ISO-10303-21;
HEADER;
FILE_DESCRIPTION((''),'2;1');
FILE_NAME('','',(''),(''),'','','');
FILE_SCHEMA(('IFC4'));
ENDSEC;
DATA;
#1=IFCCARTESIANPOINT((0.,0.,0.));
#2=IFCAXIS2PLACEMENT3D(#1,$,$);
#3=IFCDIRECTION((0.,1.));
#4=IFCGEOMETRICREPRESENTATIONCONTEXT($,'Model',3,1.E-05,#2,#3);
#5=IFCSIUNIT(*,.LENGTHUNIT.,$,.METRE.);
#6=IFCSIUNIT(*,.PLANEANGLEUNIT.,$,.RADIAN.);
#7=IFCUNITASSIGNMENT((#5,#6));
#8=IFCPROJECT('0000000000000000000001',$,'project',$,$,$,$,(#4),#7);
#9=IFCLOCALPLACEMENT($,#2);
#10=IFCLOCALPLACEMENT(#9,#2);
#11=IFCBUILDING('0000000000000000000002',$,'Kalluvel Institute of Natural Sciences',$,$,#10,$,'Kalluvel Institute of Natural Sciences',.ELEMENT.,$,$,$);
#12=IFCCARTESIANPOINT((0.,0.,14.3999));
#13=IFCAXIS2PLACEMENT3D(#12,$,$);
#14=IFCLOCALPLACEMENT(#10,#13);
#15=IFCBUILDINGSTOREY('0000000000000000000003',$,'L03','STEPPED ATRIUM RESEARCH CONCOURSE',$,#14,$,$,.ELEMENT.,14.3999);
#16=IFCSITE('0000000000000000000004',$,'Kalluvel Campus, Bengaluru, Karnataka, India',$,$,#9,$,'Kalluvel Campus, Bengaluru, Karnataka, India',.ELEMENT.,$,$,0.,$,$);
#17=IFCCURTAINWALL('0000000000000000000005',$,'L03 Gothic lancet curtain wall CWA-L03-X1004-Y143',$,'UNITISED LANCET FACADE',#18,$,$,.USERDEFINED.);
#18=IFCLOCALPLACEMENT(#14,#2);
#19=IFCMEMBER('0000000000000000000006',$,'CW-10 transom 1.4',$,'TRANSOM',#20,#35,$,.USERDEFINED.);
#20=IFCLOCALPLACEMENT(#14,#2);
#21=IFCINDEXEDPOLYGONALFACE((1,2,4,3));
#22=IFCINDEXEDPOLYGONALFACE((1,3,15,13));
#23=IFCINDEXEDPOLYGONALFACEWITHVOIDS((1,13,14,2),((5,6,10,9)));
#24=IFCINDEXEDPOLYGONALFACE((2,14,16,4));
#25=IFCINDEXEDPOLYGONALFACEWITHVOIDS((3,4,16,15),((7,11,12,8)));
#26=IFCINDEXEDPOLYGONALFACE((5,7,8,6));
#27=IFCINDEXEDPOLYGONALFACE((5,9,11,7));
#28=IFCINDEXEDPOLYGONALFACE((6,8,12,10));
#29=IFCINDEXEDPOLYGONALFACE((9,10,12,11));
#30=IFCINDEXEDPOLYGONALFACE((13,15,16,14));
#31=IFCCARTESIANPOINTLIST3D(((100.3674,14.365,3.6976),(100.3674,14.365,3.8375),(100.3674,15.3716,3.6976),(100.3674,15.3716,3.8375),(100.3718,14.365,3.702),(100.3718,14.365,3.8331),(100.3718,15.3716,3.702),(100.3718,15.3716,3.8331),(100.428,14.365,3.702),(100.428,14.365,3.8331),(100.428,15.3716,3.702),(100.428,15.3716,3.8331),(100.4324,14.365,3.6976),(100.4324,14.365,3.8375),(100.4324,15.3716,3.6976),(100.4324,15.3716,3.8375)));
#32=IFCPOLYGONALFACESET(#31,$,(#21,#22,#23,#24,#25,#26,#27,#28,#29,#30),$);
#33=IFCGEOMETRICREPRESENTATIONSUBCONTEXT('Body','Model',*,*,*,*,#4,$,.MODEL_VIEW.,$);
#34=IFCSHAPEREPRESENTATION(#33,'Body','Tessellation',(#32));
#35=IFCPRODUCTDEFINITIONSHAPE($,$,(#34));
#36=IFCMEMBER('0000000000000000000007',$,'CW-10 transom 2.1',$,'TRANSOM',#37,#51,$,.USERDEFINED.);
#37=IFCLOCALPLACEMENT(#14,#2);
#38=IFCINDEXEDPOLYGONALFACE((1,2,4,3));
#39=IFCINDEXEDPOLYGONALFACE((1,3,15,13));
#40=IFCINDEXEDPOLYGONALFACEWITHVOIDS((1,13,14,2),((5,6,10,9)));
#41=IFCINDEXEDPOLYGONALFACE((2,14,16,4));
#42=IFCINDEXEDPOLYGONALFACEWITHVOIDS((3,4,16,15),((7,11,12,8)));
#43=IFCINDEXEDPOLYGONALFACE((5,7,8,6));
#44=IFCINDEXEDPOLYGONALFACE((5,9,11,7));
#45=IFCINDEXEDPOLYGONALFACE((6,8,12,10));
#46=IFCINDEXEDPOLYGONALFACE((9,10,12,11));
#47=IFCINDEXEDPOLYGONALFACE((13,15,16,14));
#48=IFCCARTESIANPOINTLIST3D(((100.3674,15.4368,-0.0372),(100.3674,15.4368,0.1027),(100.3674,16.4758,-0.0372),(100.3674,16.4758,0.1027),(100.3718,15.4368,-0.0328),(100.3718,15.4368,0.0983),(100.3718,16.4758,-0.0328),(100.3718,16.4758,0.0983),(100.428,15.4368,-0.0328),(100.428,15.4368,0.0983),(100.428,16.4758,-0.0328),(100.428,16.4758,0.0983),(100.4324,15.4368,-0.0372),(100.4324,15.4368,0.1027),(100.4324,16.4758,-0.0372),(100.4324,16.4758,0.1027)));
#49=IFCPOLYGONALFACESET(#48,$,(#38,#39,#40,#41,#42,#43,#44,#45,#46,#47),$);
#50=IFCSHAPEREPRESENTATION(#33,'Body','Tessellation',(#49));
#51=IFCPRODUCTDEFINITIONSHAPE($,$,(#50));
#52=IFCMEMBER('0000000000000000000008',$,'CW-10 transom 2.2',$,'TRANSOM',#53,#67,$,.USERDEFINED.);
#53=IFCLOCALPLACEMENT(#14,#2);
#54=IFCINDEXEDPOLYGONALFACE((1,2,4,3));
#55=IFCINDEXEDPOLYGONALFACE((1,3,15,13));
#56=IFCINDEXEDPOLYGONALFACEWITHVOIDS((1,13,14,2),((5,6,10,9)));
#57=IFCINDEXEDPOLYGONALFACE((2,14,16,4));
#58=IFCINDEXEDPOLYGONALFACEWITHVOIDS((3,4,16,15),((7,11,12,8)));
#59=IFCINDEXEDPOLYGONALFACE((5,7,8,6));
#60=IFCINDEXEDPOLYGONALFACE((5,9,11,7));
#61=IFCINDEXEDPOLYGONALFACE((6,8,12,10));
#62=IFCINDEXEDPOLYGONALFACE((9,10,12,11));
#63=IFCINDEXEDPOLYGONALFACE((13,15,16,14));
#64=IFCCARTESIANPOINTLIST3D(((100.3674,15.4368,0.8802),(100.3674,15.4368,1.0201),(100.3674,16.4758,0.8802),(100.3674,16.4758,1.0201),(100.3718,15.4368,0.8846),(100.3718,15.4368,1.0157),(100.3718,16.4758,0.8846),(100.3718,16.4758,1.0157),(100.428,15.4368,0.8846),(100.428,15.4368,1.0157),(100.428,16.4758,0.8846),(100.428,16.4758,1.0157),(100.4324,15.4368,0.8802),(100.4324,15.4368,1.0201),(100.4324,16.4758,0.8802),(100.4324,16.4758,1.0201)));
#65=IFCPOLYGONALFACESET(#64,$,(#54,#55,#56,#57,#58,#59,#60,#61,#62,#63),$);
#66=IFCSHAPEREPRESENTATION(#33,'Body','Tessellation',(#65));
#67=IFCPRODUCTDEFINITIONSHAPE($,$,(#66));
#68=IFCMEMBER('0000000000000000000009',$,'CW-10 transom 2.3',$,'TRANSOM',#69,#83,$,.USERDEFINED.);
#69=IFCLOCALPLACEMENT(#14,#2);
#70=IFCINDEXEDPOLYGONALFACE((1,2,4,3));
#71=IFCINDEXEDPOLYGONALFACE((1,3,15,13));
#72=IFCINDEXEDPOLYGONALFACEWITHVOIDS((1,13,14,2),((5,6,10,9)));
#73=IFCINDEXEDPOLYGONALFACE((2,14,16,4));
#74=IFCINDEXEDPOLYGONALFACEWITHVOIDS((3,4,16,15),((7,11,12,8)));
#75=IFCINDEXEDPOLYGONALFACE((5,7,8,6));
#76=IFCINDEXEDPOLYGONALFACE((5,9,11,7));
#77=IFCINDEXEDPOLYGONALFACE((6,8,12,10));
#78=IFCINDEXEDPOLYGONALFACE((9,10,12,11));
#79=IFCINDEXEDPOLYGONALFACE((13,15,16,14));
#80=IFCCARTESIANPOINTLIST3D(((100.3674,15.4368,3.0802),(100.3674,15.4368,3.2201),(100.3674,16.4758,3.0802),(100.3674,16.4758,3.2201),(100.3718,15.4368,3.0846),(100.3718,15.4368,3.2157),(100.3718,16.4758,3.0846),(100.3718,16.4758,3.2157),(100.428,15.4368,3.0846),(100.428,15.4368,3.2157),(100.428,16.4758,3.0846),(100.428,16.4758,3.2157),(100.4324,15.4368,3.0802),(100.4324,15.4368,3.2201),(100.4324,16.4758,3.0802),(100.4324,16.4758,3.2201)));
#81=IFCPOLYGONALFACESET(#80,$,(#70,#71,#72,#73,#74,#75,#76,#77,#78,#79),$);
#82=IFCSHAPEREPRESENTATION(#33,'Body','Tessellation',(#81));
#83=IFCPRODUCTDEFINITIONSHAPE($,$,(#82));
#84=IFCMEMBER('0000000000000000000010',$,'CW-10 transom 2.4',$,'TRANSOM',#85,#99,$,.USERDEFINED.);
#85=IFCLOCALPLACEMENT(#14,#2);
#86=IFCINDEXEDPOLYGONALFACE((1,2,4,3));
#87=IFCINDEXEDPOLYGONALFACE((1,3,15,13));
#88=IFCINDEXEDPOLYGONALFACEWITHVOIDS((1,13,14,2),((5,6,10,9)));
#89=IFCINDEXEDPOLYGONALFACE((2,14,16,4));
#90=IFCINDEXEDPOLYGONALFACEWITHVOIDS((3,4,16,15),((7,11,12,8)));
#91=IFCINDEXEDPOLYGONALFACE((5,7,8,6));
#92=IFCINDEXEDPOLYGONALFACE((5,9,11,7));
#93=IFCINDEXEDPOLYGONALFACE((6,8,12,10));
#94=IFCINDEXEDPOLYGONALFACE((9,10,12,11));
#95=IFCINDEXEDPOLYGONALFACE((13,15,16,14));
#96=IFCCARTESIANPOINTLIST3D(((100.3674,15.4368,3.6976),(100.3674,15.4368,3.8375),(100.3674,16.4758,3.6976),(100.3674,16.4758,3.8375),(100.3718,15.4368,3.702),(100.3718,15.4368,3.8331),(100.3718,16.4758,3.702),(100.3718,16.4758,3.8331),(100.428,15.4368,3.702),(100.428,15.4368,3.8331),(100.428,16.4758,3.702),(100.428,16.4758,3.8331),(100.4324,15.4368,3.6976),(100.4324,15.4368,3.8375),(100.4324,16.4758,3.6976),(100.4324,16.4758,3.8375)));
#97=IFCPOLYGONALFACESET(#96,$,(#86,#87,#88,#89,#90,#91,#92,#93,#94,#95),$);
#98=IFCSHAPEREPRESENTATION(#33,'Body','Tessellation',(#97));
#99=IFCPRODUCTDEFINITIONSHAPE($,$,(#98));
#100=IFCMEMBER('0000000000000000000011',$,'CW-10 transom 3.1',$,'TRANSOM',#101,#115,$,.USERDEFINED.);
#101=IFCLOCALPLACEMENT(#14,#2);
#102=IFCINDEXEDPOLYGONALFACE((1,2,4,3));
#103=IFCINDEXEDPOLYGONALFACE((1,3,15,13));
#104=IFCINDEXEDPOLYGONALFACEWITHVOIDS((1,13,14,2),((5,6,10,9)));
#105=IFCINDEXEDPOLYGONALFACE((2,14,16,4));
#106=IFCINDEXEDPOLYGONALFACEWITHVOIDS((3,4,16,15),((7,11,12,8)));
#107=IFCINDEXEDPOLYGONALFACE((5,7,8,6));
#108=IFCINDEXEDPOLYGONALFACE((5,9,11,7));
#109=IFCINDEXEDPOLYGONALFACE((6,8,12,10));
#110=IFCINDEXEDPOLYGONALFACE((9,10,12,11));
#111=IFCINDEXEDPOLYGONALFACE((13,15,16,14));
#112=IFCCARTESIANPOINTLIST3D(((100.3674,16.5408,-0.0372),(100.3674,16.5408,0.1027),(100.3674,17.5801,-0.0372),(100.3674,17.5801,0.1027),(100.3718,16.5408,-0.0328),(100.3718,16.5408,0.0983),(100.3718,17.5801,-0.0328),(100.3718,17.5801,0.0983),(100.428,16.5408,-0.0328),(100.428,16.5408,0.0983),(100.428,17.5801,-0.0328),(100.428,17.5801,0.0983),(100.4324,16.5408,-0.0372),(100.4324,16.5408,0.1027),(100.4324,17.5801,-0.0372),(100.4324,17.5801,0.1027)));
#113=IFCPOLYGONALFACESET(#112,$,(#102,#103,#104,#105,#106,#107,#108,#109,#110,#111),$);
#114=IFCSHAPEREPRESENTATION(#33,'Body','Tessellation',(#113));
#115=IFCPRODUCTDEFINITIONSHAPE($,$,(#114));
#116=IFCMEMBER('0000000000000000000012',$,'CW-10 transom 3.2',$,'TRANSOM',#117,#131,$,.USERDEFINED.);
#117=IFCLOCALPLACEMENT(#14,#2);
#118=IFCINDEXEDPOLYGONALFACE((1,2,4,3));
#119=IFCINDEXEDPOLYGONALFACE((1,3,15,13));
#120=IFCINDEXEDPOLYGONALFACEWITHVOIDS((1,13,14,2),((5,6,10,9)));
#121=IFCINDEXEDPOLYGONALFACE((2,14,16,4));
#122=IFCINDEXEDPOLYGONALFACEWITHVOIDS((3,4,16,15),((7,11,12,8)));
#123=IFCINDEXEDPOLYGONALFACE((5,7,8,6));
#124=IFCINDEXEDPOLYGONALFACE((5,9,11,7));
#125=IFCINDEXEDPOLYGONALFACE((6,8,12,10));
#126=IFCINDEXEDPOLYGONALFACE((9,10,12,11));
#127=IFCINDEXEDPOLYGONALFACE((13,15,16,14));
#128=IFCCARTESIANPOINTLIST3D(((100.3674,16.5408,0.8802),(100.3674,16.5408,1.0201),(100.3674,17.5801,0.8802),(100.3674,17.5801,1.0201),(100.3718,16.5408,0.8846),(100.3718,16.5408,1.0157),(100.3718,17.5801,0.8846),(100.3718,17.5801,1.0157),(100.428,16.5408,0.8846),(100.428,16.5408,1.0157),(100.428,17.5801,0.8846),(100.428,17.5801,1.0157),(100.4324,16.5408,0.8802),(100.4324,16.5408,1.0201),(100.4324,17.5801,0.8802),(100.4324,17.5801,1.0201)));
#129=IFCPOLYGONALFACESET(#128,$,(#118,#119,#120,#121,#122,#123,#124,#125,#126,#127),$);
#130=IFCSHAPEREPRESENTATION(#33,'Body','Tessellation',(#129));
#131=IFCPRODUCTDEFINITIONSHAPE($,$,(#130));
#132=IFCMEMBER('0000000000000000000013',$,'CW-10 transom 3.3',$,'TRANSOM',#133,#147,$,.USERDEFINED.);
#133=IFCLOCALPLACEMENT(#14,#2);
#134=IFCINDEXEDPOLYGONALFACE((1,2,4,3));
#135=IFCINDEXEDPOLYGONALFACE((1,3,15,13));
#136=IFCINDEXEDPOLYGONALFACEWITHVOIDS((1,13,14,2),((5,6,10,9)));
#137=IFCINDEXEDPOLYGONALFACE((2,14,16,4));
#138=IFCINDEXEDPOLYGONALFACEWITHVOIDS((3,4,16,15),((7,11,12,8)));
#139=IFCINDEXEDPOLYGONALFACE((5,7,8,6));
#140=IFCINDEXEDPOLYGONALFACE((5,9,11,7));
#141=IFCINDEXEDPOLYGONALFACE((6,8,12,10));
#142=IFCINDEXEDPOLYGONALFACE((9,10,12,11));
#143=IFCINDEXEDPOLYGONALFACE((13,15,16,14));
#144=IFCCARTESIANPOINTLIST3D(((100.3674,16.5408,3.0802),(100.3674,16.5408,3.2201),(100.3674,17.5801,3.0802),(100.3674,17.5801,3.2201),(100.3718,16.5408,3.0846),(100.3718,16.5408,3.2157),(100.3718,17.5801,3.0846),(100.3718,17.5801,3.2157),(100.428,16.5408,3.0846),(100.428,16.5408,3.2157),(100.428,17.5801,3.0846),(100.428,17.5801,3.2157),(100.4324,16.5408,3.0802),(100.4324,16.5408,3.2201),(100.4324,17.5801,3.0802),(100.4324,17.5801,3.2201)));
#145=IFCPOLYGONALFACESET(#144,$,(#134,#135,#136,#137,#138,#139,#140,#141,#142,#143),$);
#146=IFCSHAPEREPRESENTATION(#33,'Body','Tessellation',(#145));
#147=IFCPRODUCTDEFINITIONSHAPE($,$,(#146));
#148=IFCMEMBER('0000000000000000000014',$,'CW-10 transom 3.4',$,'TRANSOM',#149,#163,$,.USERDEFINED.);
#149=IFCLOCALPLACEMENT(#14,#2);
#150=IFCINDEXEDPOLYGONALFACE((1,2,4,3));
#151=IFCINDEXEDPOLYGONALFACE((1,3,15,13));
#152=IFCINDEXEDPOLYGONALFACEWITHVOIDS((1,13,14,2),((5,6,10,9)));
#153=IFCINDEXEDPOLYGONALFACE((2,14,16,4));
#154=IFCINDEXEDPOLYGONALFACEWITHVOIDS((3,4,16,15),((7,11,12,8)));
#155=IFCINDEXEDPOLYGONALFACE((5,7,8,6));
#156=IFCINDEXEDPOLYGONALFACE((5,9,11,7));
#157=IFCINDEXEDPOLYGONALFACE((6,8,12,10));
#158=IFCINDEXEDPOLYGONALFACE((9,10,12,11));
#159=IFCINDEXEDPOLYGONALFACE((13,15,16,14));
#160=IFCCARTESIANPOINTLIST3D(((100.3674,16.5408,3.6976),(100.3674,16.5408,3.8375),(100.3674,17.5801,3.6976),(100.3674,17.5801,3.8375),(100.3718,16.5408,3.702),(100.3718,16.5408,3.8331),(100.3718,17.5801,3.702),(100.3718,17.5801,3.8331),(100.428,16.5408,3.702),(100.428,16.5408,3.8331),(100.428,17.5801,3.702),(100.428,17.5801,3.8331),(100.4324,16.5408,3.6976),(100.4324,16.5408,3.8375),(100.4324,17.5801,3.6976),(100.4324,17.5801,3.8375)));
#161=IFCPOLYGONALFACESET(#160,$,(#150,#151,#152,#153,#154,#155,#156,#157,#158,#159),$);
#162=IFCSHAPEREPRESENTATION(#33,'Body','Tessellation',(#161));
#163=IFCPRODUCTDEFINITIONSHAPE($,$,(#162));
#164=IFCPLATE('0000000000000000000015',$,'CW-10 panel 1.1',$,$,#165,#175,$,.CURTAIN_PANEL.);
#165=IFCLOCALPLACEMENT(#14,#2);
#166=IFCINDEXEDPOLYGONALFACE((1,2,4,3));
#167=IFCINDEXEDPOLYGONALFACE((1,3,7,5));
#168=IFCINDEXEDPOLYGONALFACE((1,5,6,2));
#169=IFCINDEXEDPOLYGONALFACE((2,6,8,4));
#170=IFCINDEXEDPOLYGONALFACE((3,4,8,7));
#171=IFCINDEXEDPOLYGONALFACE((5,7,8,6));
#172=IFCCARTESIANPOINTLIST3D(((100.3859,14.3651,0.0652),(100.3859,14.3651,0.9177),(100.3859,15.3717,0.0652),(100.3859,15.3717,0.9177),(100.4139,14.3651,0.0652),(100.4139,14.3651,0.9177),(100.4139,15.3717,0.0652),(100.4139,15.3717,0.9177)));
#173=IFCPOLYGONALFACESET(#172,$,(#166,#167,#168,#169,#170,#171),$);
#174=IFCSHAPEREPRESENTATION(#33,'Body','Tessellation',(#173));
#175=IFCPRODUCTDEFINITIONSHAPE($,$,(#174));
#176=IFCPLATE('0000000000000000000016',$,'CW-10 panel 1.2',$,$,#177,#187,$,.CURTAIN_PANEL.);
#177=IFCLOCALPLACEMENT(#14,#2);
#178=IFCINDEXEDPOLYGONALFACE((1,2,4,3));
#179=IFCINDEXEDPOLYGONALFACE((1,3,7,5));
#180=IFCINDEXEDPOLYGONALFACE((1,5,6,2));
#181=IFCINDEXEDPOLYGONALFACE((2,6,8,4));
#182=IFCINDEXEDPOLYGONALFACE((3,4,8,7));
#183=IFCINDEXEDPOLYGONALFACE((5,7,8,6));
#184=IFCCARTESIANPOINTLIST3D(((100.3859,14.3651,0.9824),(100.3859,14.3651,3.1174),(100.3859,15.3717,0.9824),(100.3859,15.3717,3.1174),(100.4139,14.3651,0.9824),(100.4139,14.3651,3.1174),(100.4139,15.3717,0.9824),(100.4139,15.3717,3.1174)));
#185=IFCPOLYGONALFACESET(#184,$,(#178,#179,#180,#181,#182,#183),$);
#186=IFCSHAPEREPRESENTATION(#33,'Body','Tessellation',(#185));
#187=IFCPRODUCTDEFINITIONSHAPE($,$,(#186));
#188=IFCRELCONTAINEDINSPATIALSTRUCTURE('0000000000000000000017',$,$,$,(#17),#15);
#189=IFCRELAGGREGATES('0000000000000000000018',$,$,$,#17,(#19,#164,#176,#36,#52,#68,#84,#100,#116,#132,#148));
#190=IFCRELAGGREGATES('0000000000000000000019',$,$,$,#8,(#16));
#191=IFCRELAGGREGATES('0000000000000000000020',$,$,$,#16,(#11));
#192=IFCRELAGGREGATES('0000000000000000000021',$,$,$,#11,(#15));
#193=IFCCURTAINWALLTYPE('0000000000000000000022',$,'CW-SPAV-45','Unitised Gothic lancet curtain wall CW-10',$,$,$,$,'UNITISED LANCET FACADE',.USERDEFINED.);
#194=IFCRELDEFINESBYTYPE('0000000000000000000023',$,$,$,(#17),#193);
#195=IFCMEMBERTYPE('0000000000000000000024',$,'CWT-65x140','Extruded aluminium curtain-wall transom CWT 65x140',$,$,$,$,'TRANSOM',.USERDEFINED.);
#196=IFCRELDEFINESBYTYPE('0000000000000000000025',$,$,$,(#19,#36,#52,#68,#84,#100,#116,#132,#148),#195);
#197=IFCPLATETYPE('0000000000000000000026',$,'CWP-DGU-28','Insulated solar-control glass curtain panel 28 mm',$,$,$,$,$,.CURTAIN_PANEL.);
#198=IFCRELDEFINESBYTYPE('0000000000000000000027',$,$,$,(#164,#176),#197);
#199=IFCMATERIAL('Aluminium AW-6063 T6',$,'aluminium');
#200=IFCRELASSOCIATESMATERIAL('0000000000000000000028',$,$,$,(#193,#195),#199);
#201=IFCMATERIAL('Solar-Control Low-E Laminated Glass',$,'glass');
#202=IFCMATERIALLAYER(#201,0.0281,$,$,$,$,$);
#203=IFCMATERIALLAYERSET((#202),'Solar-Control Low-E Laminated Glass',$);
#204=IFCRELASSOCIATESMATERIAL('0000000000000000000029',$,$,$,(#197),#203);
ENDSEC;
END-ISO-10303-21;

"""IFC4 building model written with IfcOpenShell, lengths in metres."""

from ifc_helpers import new_model, si_unit, direction, frame, origin, origin_2d, place, context, subcontext, project, spatial, rectangle, hollow_rectangle, extrude, material, layer, layer_set, material_profile, profile_set, type_object, element, aggregate, save


model = new_model("IFC4")

# Units and contexts
model_context = context("Model", 3, precision=1e-05, world=origin(), true_north=direction((0.0, 1.0)))
body_context = subcontext(model_context, "Body", "Model", "MODEL_VIEW")
ifc_project = project(units=[si_unit("LENGTHUNIT", "METRE"), si_unit("PLANEANGLEUNIT", "RADIAN")], contexts=[model_context])

# Site, building, storey
site_placement = place(None, origin())
site = spatial("IfcSite", under=ifc_project, at=site_placement, Name="Kalluvel Campus, Bengaluru, Karnataka, India", LongName="Kalluvel Campus, Bengaluru, Karnataka, India", CompositionType="ELEMENT", RefElevation=0.0)
building_placement = place(site_placement, origin())
building = spatial("IfcBuilding", under=site, at=building_placement, Name="Kalluvel Institute of Natural Sciences", LongName="Kalluvel Institute of Natural Sciences", CompositionType="ELEMENT")
storey_placement = place(building_placement, frame((0.0, 0.0, 14.3999)))
storey = spatial("IfcBuildingStorey", under=building, at=storey_placement, Name="L03", Description="STEPPED ATRIUM RESEARCH CONCOURSE", CompositionType="ELEMENT", Elevation=14.3999)

# Curtain wall, members, plates
ifc_material_1 = material(Name="Aluminium AW-6063 T6", Category="aluminium")
curtain_wall_type = type_object("IfcCurtainWallType", Name="CW-SPAV-45", Description="Unitised Gothic lancet curtain wall CW-10", ElementType="UNITISED LANCET FACADE", PredefinedType="USERDEFINED", material=ifc_material_1)
curtain_wall_placement = place(storey_placement, origin())
curtain_wall = element("IfcCurtainWall", 1, at=curtain_wall_placement, inside=storey, type_object=curtain_wall_type, Name="L03 Gothic lancet curtain wall CWA-L03-X1004-Y143", ObjectType="UNITISED LANCET FACADE", PredefinedType="USERDEFINED")
ifc_material_profile_1 = material_profile(ifc_material_1, hollow_rectangle(XDim=0.0649, YDim=0.1399, WallThickness=0.0044, at=origin_2d()), Name="CWT 65x140")
ifc_profile_set_1 = profile_set([ifc_material_profile_1], Name="Aluminium AW-6063 T6")
member_type_1 = type_object("IfcMemberType", Name="CWT-65x140", Description="Extruded aluminium curtain-wall transom CWT 65x140", ElementType="TRANSOM", PredefinedType="USERDEFINED", material=ifc_profile_set_1)
member_1_placement = place(storey_placement, frame((100.3999, 14.365, 3.7676), z_axis=(0.0, 1.0, 0.0), x_axis=(-1.0, 0.0, 0.0)))
member_1 = element("IfcMember", 2, at=member_1_placement, type_object=member_type_1, Name="CW-10 transom 1.4", ObjectType="TRANSOM", PredefinedType="USERDEFINED", context=body_context, shape_type="SweptSolid", body=[
    extrude(hollow_rectangle(XDim=0.0649, YDim=0.1399, WallThickness=0.0044, at=origin_2d()), origin(), (0.0, 0.0, 1.0), 1.0066),
])
member_2_placement = place(storey_placement, frame((100.3999, 15.4368, 0.0327), z_axis=(0.0, 1.0, 0.0), x_axis=(-1.0, 0.0, 0.0)))
member_2 = element("IfcMember", 3, at=member_2_placement, type_object=member_type_1, Name="CW-10 transom 2.1", ObjectType="TRANSOM", PredefinedType="USERDEFINED", context=body_context, shape_type="SweptSolid", body=[
    extrude(hollow_rectangle(XDim=0.0649, YDim=0.1399, WallThickness=0.0044, at=origin_2d()), origin(), (0.0, 0.0, 1.0), 1.0391),
])
member_3_placement = place(storey_placement, frame((100.3999, 15.4368, 0.9502), z_axis=(0.0, 1.0, 0.0), x_axis=(-1.0, 0.0, 0.0)))
member_3 = element("IfcMember", 4, at=member_3_placement, type_object=member_type_1, Name="CW-10 transom 2.2", ObjectType="TRANSOM", PredefinedType="USERDEFINED", context=body_context, shape_type="SweptSolid", body=[
    extrude(hollow_rectangle(XDim=0.0649, YDim=0.1399, WallThickness=0.0044, at=origin_2d()), origin(), (0.0, 0.0, 1.0), 1.0391),
])
member_4_placement = place(storey_placement, frame((100.3999, 15.4368, 3.1501), z_axis=(0.0, 1.0, 0.0), x_axis=(-1.0, 0.0, 0.0)))
member_4 = element("IfcMember", 5, at=member_4_placement, type_object=member_type_1, Name="CW-10 transom 2.3", ObjectType="TRANSOM", PredefinedType="USERDEFINED", context=body_context, shape_type="SweptSolid", body=[
    extrude(hollow_rectangle(XDim=0.0649, YDim=0.1399, WallThickness=0.0044, at=origin_2d()), origin(), (0.0, 0.0, 1.0), 1.0391),
])
member_5_placement = place(storey_placement, frame((100.3999, 15.4368, 3.7676), z_axis=(0.0, 1.0, 0.0), x_axis=(-1.0, 0.0, 0.0)))
member_5 = element("IfcMember", 6, at=member_5_placement, type_object=member_type_1, Name="CW-10 transom 2.4", ObjectType="TRANSOM", PredefinedType="USERDEFINED", context=body_context, shape_type="SweptSolid", body=[
    extrude(hollow_rectangle(XDim=0.0649, YDim=0.1399, WallThickness=0.0044, at=origin_2d()), origin(), (0.0, 0.0, 1.0), 1.0391),
])
member_6_placement = place(storey_placement, frame((100.3999, 16.5408, 0.0327), z_axis=(0.0, 1.0, 0.0), x_axis=(-1.0, 0.0, 0.0)))
member_6 = element("IfcMember", 7, at=member_6_placement, type_object=member_type_1, Name="CW-10 transom 3.1", ObjectType="TRANSOM", PredefinedType="USERDEFINED", context=body_context, shape_type="SweptSolid", body=[
    extrude(hollow_rectangle(XDim=0.0649, YDim=0.1399, WallThickness=0.0044, at=origin_2d()), origin(), (0.0, 0.0, 1.0), 1.0393),
])
member_7_placement = place(storey_placement, frame((100.3999, 16.5408, 0.9502), z_axis=(0.0, 1.0, 0.0), x_axis=(-1.0, 0.0, 0.0)))
member_7 = element("IfcMember", 8, at=member_7_placement, type_object=member_type_1, Name="CW-10 transom 3.2", ObjectType="TRANSOM", PredefinedType="USERDEFINED", context=body_context, shape_type="SweptSolid", body=[
    extrude(hollow_rectangle(XDim=0.0649, YDim=0.1399, WallThickness=0.0044, at=origin_2d()), origin(), (0.0, 0.0, 1.0), 1.0393),
])
member_8_placement = place(storey_placement, frame((100.3999, 16.5408, 3.1501), z_axis=(0.0, 1.0, 0.0), x_axis=(-1.0, 0.0, 0.0)))
member_8 = element("IfcMember", 9, at=member_8_placement, type_object=member_type_1, Name="CW-10 transom 3.3", ObjectType="TRANSOM", PredefinedType="USERDEFINED", context=body_context, shape_type="SweptSolid", body=[
    extrude(hollow_rectangle(XDim=0.0649, YDim=0.1399, WallThickness=0.0044, at=origin_2d()), origin(), (0.0, 0.0, 1.0), 1.0393),
])
member_9_placement = place(storey_placement, frame((100.3999, 16.5408, 3.7676), z_axis=(0.0, 1.0, 0.0), x_axis=(-1.0, 0.0, 0.0)))
member_9 = element("IfcMember", 10, at=member_9_placement, type_object=member_type_1, Name="CW-10 transom 3.4", ObjectType="TRANSOM", PredefinedType="USERDEFINED", context=body_context, shape_type="SweptSolid", body=[
    extrude(hollow_rectangle(XDim=0.0649, YDim=0.1399, WallThickness=0.0044, at=origin_2d()), origin(), (0.0, 0.0, 1.0), 1.0393),
])
ifc_material_2 = material(Name="Solar-Control Low-E Laminated Glass", Category="glass")
ifc_layer = layer(ifc_material_2, 0.0281)
ifc_layer_set = layer_set([ifc_layer], Name="Solar-Control Low-E Laminated Glass")
plate_type = type_object("IfcPlateType", Name="CWP-DGU-28", Description="Insulated solar-control glass curtain panel 28 mm", PredefinedType="CURTAIN_PANEL", material=ifc_layer_set)
plate_1_placement = place(storey_placement, frame((100.3999, 14.8684, 0.0652), z_axis=(0.0, 0.0, 1.0), x_axis=(0.0, 1.0, 0.0)))
plate_1 = element("IfcPlate", 11, at=plate_1_placement, type_object=plate_type, Name="CW-10 panel 1.1", PredefinedType="CURTAIN_PANEL", context=body_context, shape_type="SweptSolid", body=[
    extrude(rectangle(XDim=1.0066, YDim=0.0281, at=origin_2d()), origin(), (0.0, 0.0, 1.0), 0.8525),
])
plate_2_placement = place(storey_placement, frame((100.3999, 14.8684, 0.9824), z_axis=(0.0, 0.0, 1.0), x_axis=(0.0, 1.0, 0.0)))
plate_2 = element("IfcPlate", 12, at=plate_2_placement, type_object=plate_type, Name="CW-10 panel 1.2", PredefinedType="CURTAIN_PANEL", context=body_context, shape_type="SweptSolid", body=[
    extrude(rectangle(XDim=1.0066, YDim=0.0281, at=origin_2d()), origin(), (0.0, 0.0, 1.0), 2.135),
])
aggregate(curtain_wall, [member_1, plate_1, plate_2, member_2, member_3, member_4, member_5, member_6, member_7, member_8, member_9])

save(model, "model.ifc")
